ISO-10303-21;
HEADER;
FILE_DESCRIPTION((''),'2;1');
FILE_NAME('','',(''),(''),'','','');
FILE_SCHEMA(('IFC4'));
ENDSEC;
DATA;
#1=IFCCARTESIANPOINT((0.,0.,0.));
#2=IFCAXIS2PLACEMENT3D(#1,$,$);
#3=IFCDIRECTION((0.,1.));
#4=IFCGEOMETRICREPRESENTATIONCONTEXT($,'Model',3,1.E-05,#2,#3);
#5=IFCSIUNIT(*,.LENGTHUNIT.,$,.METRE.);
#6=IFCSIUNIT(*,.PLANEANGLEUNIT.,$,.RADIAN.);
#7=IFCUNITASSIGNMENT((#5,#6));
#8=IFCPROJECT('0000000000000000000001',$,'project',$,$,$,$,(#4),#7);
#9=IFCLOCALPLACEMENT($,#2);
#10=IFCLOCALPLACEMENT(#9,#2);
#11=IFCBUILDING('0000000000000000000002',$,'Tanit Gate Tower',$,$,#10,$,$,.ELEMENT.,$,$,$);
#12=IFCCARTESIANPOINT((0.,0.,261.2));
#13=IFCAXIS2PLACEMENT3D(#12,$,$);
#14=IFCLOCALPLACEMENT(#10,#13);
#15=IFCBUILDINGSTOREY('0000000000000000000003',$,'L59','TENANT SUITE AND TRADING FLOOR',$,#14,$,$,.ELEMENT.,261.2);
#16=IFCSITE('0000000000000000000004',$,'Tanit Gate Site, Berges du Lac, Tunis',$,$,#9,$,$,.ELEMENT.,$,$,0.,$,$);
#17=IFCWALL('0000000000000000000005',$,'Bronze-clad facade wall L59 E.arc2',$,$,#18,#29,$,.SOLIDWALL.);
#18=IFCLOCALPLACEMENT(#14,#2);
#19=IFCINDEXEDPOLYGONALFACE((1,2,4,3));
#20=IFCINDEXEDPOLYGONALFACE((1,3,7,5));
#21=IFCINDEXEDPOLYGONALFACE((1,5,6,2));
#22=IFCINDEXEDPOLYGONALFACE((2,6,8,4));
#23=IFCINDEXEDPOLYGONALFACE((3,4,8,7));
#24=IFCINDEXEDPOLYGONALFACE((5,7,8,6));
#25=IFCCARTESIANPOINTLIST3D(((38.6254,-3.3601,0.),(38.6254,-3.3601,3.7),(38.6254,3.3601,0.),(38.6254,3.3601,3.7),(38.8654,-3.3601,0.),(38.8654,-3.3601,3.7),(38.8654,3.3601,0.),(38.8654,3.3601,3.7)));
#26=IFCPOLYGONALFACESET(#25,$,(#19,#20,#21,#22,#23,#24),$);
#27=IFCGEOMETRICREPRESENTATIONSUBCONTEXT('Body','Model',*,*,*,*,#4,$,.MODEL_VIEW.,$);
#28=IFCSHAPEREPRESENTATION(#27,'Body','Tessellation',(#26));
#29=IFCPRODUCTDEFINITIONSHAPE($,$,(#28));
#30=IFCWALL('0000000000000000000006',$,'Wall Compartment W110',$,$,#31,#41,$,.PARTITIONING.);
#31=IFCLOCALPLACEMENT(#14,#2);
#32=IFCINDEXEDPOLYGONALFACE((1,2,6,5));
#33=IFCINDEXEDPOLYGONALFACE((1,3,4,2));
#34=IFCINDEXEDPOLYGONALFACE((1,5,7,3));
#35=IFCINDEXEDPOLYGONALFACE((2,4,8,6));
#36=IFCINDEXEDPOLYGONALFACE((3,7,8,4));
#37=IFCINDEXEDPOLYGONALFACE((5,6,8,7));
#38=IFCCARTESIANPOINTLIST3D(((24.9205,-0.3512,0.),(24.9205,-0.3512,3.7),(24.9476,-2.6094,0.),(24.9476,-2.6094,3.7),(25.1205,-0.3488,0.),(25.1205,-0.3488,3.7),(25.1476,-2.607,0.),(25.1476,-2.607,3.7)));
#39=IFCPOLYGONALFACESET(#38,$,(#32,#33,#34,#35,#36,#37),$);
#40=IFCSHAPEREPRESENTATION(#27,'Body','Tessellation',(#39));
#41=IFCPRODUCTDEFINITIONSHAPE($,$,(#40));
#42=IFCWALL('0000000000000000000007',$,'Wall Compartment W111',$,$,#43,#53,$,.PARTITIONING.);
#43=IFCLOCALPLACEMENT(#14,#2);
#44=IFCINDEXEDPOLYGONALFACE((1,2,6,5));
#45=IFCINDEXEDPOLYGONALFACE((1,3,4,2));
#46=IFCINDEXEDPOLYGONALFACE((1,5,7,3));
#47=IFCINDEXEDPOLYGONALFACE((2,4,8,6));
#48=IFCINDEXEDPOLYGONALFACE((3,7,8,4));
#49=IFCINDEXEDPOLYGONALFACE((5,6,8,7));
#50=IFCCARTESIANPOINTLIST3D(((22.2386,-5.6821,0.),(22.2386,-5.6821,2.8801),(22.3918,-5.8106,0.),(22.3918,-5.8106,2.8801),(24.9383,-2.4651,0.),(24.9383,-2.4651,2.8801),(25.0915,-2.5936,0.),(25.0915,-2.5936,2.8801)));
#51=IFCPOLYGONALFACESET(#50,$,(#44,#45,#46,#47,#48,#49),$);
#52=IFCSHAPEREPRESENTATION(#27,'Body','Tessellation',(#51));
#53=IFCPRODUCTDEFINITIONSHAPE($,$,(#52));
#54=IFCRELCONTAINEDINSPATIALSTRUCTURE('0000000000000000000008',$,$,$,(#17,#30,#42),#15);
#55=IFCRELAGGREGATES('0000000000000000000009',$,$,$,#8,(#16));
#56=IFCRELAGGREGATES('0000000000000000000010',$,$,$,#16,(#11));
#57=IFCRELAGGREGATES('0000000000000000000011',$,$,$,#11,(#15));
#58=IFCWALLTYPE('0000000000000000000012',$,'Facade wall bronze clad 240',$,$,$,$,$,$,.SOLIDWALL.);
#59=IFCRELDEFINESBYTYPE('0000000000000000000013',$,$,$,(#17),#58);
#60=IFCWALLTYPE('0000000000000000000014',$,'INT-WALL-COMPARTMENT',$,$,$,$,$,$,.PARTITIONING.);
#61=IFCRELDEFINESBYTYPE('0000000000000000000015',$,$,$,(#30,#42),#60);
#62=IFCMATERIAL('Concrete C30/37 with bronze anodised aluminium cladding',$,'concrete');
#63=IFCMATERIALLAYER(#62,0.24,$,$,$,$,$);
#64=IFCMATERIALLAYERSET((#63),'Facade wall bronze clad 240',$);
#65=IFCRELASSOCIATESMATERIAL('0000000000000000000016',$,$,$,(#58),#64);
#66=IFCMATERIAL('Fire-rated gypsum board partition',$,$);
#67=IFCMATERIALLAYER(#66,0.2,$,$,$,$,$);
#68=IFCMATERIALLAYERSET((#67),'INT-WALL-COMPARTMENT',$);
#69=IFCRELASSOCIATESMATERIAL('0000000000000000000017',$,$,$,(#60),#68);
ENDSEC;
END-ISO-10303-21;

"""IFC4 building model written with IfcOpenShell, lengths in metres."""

from ifc_helpers import new_model, si_unit, direction, frame, frame_2d, origin, place, context, subcontext, project, spatial, rectangle, extrude, material, layer, layer_set, type_object, element, save


model = new_model("IFC4")

# Units and contexts
model_context = context("Model", 3, precision=1e-05, world=origin(), true_north=direction((0.0, 1.0)))
body_context = subcontext(model_context, "Body", "Model", "MODEL_VIEW")
ifc_project = project(units=[si_unit("LENGTHUNIT", "METRE"), si_unit("PLANEANGLEUNIT", "RADIAN")], contexts=[model_context])

# Site, building, storey
site_placement = place(None, origin())
site = spatial("IfcSite", under=ifc_project, at=site_placement, Name="Tanit Gate Site, Berges du Lac, Tunis", CompositionType="ELEMENT", RefElevation=0.0)
building_placement = place(site_placement, origin())
building = spatial("IfcBuilding", under=site, at=building_placement, Name="Tanit Gate Tower", CompositionType="ELEMENT")
storey_placement = place(building_placement, frame((0.0, 0.0, 261.2)))
storey = spatial("IfcBuildingStorey", under=building, at=storey_placement, Name="L59", Description="TENANT SUITE AND TRADING FLOOR", CompositionType="ELEMENT", Elevation=261.2)

# Walls
ifc_material_1 = material(Name="Concrete C30/37 with bronze anodised aluminium cladding", Category="concrete")
ifc_layer_1 = layer(ifc_material_1, 0.24)
ifc_layer_set_1 = layer_set([ifc_layer_1], Name="Facade wall bronze clad 240")
wall_type_1 = type_object("IfcWallType", Name="Facade wall bronze clad 240", PredefinedType="SOLIDWALL", material=ifc_layer_set_1)
wall_1_placement = place(storey_placement, frame((38.7454, -3.3601, 0.0), z_axis=(0.0, 0.0, 1.0), x_axis=(0.0, 1.0, 0.0)))
element("IfcWall", 1, at=wall_1_placement, inside=storey, type_object=wall_type_1, Name="Bronze-clad facade wall L59 E.arc2", PredefinedType="SOLIDWALL", context=body_context, shape_type="SweptSolid", body=[
    extrude(rectangle(XDim=6.7202, YDim=0.24, at=frame_2d((3.3601, 0.0))), origin(), (0.0, 0.0, 1.0), 3.7),
])
ifc_material_2 = material(Name="Fire-rated gypsum board partition")
ifc_layer_2 = layer(ifc_material_2, 0.2)
ifc_layer_set_2 = layer_set([ifc_layer_2], Name="INT-WALL-COMPARTMENT")
wall_type_2 = type_object("IfcWallType", Name="INT-WALL-COMPARTMENT", PredefinedType="PARTITIONING", material=ifc_layer_set_2)
wall_2_placement = place(storey_placement, frame((25.0476, -2.6082, 0.0), z_axis=(0.0, 0.0, 1.0), x_axis=(-0.012, 0.999928, 0.0)))
element("IfcWall", 2, at=wall_2_placement, inside=storey, type_object=wall_type_2, Name="Wall Compartment W110", PredefinedType="PARTITIONING", context=body_context, shape_type="SweptSolid", body=[
    extrude(rectangle(XDim=2.2583, YDim=0.2, at=frame_2d((1.1292, 0.0))), origin(), (0.0, 0.0, 1.0), 3.7),
])
wall_3_placement = place(storey_placement, frame((22.3152, -5.7463, 0.0), z_axis=(0.0, 0.0, 1.0), x_axis=(0.642828, 0.766011, 0.0)))
element("IfcWall", 3, at=wall_3_placement, inside=storey, type_object=wall_type_2, Name="Wall Compartment W111", PredefinedType="PARTITIONING", context=body_context, shape_type="SweptSolid", body=[
    extrude(rectangle(XDim=4.1997, YDim=0.2, at=frame_2d((2.0999, 0.0))), origin(), (0.0, 0.0, 1.0), 2.8801),
])

save(model, "model.ifc")
